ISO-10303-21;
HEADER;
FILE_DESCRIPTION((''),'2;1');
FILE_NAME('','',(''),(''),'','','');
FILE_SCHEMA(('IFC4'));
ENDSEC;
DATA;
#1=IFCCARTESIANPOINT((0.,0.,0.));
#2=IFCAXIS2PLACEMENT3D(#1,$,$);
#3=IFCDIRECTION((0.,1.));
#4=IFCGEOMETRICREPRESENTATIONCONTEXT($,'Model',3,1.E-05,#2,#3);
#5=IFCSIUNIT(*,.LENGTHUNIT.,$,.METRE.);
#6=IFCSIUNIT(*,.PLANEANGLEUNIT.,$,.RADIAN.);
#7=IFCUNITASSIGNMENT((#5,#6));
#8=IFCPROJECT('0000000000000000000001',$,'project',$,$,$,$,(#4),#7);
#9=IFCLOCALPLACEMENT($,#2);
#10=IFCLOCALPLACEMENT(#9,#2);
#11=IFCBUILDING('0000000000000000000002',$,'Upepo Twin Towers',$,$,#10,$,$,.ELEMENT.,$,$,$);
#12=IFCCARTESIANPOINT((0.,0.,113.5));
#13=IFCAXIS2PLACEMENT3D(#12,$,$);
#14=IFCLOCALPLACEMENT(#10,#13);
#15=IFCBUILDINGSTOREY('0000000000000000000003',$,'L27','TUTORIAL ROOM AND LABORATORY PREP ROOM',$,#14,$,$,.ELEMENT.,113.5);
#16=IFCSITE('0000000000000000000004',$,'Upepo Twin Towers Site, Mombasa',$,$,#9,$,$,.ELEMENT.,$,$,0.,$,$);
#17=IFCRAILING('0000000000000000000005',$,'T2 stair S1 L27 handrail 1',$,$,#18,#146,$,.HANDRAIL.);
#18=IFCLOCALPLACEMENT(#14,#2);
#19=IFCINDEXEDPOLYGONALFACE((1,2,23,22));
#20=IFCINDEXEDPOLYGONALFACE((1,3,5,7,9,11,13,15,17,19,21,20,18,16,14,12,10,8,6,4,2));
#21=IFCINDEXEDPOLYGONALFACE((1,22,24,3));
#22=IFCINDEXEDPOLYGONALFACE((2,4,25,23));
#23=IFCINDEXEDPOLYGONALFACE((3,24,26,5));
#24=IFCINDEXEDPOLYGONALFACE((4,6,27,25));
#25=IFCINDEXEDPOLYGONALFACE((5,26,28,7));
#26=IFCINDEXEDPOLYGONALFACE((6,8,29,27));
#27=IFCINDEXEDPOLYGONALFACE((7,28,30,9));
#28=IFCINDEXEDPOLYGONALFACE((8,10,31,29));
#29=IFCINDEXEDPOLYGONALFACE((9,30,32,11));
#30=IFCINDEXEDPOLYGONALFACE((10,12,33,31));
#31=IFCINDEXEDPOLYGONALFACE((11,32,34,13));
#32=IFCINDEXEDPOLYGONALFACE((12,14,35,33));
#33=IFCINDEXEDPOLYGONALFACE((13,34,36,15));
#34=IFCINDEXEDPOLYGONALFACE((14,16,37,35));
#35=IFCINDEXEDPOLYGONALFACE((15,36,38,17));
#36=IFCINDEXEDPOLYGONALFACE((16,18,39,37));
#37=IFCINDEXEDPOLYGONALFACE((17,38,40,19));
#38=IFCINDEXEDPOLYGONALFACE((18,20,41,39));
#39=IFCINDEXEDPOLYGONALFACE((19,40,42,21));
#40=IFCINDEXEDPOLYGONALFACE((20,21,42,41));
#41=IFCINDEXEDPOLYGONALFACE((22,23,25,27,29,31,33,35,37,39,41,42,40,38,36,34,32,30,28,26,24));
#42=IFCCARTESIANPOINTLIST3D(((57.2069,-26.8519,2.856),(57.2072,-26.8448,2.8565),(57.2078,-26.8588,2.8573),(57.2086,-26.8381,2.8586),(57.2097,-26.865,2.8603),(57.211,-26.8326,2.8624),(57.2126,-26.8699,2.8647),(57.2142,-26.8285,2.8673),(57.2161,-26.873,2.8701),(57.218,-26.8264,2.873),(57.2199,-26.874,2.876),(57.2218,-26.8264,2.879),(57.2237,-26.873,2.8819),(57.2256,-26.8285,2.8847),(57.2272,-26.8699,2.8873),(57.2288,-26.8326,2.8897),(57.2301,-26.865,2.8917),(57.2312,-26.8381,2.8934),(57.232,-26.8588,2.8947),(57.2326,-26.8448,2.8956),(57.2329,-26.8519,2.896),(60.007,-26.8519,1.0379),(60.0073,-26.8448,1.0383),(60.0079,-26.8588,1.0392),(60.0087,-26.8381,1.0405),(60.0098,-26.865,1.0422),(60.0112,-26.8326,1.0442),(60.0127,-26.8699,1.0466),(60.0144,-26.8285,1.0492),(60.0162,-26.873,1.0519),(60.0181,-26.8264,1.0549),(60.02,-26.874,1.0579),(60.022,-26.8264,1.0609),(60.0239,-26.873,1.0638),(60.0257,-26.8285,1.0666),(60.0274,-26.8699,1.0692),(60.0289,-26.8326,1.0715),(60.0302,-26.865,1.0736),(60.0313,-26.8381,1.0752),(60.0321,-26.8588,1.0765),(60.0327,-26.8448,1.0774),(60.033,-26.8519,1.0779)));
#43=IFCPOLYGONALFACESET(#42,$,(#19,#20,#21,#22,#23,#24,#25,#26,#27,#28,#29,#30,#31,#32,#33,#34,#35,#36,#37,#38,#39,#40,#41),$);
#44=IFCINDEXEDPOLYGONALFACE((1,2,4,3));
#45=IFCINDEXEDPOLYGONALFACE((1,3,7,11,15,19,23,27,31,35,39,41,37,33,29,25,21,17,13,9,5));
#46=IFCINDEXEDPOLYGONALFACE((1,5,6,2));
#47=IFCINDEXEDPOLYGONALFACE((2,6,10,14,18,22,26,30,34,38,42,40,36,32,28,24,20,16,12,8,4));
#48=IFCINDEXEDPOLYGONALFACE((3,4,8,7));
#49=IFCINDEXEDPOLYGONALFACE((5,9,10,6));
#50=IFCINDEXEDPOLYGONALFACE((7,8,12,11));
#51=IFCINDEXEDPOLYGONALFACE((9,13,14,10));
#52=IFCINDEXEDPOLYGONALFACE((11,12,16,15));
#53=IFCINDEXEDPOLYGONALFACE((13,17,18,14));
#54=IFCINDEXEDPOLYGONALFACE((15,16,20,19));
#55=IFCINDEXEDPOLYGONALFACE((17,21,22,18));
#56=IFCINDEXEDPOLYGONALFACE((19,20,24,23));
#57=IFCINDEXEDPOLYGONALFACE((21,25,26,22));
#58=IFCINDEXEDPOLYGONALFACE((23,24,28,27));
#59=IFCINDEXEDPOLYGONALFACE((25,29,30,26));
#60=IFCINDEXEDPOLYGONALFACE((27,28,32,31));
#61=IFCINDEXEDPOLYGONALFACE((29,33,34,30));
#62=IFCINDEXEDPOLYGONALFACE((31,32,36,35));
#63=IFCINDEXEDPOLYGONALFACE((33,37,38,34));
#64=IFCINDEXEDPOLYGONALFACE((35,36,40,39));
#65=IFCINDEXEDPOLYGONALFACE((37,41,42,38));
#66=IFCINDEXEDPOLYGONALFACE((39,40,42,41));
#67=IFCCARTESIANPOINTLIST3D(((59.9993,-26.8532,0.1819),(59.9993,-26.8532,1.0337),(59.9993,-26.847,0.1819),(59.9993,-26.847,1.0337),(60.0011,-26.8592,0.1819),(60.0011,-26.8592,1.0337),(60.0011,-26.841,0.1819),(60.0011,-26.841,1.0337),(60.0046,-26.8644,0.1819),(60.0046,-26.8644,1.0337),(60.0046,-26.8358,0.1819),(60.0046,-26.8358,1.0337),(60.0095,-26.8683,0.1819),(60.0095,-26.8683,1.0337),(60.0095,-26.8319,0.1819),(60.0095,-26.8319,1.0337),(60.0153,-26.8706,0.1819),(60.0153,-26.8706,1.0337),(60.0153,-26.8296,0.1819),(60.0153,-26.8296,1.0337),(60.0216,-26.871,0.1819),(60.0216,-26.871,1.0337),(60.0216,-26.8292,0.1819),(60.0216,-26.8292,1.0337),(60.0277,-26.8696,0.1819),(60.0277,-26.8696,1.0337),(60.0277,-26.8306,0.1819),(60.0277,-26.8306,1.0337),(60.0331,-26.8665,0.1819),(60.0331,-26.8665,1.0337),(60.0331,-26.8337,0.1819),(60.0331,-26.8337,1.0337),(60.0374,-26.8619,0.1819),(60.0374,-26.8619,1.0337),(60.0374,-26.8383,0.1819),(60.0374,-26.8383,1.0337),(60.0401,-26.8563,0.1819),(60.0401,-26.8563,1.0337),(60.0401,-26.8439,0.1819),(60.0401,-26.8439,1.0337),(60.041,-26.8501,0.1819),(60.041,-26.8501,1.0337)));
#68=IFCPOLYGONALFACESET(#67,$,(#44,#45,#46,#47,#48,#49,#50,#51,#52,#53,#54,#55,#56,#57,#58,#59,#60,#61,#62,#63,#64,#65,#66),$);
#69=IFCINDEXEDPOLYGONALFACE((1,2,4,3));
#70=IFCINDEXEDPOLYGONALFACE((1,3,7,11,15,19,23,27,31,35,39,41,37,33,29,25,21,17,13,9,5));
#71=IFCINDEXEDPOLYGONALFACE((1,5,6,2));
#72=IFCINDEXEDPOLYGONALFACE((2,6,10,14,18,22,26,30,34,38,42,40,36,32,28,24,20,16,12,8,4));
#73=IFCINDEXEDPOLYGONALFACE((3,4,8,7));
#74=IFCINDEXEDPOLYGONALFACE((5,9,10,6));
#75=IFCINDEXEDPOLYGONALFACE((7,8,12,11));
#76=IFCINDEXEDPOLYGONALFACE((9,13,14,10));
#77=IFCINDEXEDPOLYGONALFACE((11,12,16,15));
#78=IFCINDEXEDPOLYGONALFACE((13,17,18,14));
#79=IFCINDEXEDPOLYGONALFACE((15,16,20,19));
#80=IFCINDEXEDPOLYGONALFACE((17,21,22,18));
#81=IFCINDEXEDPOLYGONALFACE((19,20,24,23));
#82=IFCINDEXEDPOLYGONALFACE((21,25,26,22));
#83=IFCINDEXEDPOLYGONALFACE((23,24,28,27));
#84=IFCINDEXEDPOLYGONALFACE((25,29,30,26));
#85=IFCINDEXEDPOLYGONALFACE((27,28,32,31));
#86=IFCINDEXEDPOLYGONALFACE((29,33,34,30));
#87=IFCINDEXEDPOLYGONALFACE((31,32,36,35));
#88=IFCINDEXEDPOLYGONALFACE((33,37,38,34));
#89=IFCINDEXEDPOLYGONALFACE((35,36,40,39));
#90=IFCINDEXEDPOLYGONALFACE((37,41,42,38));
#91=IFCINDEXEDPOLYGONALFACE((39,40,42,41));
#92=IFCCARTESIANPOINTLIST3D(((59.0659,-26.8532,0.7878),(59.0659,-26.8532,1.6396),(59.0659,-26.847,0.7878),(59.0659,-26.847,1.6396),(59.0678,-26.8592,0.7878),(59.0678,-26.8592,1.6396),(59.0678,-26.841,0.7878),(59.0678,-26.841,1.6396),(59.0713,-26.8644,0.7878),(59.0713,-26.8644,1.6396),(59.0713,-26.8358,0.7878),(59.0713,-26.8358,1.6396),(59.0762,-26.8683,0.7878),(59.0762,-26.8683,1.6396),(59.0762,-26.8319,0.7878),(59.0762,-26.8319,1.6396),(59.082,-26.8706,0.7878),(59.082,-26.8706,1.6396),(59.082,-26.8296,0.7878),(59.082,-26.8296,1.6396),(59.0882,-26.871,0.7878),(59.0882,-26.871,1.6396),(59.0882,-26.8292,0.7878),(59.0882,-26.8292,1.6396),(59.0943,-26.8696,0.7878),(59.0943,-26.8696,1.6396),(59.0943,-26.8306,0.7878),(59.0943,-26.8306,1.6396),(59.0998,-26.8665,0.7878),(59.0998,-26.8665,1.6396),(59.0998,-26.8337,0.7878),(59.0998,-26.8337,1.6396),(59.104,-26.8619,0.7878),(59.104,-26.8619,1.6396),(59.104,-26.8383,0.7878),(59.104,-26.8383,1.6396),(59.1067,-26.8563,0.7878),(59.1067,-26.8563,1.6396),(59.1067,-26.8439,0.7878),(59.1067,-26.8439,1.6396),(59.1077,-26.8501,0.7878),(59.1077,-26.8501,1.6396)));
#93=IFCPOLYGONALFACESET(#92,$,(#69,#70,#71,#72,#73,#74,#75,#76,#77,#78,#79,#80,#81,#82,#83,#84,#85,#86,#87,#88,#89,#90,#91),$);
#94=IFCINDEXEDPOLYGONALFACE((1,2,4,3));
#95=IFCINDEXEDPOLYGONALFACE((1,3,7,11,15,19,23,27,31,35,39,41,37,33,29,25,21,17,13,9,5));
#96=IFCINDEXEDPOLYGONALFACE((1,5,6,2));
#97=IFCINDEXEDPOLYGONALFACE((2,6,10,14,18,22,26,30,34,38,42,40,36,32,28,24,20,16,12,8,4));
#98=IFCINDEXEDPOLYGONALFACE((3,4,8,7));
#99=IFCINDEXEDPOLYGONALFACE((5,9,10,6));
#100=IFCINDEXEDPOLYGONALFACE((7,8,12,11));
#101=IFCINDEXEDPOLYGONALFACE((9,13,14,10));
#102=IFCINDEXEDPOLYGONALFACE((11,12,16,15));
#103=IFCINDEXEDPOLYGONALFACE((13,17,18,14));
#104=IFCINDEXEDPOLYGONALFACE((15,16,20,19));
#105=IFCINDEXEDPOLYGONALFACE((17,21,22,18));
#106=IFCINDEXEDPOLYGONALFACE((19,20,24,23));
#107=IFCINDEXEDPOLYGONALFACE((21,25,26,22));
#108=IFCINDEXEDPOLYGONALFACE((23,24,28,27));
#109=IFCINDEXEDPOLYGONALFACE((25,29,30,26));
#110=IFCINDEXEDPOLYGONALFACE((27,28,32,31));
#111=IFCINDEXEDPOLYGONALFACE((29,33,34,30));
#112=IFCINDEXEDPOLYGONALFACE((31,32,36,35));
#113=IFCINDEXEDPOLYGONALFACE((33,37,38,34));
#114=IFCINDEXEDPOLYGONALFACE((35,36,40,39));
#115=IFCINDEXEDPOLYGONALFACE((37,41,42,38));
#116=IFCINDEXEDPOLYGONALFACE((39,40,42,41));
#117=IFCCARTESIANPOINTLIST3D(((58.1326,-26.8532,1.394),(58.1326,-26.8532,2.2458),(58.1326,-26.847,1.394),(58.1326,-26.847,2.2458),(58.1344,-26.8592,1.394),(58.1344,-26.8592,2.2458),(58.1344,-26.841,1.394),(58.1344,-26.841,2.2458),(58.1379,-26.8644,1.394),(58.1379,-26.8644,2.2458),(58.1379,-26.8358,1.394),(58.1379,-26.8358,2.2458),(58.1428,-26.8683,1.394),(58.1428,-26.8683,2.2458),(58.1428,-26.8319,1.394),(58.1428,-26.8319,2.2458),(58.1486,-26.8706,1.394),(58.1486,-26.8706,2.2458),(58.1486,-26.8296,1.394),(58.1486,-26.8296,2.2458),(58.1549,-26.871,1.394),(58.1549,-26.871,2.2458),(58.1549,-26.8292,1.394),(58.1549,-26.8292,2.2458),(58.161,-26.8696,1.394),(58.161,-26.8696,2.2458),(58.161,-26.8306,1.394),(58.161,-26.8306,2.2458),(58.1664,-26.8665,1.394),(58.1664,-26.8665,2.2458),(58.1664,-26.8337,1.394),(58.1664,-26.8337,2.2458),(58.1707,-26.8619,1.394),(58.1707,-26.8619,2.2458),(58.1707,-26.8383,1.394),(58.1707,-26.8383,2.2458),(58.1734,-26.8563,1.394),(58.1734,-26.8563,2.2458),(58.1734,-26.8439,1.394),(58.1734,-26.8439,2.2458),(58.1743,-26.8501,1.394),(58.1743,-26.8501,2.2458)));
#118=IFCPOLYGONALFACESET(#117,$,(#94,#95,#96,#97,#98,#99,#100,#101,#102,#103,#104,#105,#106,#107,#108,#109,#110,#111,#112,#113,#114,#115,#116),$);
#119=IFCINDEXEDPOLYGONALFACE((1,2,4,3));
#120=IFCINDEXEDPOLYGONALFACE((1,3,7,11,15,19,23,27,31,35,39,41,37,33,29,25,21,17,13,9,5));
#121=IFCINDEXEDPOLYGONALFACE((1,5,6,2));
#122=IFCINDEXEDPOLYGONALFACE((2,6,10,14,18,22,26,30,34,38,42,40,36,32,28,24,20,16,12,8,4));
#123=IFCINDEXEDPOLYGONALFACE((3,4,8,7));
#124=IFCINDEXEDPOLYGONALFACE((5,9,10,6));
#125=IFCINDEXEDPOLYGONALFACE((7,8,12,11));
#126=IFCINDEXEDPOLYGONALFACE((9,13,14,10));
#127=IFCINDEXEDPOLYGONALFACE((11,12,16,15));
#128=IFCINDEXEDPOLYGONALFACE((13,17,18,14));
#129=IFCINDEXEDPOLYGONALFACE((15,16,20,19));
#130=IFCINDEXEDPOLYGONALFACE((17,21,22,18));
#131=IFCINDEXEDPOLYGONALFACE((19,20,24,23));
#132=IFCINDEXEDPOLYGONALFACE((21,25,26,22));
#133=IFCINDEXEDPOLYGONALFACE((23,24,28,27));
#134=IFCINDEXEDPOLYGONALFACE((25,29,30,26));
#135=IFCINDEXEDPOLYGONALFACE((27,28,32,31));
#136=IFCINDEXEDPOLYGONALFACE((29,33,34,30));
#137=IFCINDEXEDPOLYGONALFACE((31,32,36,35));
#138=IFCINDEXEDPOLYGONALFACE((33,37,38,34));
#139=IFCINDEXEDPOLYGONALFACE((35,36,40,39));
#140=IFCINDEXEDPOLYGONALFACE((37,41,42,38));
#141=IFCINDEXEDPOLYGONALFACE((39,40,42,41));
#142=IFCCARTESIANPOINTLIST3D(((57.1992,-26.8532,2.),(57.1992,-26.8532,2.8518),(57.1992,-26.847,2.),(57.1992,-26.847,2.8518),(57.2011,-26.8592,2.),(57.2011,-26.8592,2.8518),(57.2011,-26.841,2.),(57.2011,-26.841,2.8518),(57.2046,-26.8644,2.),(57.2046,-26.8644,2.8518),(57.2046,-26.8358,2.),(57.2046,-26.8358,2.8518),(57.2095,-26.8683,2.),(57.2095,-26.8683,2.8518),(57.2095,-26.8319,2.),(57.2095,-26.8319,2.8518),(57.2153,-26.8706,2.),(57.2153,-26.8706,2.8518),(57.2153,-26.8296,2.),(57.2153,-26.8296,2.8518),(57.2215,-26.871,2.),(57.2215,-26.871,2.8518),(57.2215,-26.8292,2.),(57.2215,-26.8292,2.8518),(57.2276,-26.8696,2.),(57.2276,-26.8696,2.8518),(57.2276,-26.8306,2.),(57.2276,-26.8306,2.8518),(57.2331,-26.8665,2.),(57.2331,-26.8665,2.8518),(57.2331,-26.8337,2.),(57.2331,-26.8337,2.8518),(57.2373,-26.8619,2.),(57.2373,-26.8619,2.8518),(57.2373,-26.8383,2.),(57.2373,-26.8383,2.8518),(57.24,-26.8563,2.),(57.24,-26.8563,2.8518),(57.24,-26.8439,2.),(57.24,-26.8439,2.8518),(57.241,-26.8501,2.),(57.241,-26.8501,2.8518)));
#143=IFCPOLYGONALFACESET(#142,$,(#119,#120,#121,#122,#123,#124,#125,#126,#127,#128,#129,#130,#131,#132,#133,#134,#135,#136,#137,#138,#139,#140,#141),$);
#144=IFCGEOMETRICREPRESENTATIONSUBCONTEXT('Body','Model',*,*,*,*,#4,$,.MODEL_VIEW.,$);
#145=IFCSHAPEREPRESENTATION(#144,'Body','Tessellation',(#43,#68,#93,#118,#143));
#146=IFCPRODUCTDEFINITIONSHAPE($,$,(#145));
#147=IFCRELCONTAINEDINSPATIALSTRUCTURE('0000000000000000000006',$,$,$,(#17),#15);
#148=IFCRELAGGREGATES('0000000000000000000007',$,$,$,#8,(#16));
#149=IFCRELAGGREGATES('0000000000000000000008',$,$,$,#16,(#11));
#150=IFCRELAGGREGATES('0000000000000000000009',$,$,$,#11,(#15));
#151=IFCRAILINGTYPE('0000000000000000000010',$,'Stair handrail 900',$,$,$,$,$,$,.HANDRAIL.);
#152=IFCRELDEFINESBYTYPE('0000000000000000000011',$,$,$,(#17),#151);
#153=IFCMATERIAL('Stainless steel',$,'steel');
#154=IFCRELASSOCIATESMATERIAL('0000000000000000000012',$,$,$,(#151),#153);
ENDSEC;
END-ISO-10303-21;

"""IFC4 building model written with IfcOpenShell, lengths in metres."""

from ifc_helpers import new_model, si_unit, direction, frame, origin, origin_2d, place, context, subcontext, project, spatial, circle, extrude, material, type_object, element, save


model = new_model("IFC4")

# Units and contexts
model_context = context("Model", 3, precision=1e-05, world=origin(), true_north=direction((0.0, 1.0)))
body_context = subcontext(model_context, "Body", "Model", "MODEL_VIEW")
ifc_project = project(units=[si_unit("LENGTHUNIT", "METRE"), si_unit("PLANEANGLEUNIT", "RADIAN")], contexts=[model_context])

# Site, building, storey
site_placement = place(None, origin())
site = spatial("IfcSite", under=ifc_project, at=site_placement, Name="Upepo Twin Towers Site, Mombasa", CompositionType="ELEMENT", RefElevation=0.0)
building_placement = place(site_placement, origin())
building = spatial("IfcBuilding", under=site, at=building_placement, Name="Upepo Twin Towers", CompositionType="ELEMENT")
storey_placement = place(building_placement, frame((0.0, 0.0, 113.5)))
storey = spatial("IfcBuildingStorey", under=building, at=storey_placement, Name="L27", Description="TUTORIAL ROOM AND LABORATORY PREP ROOM", CompositionType="ELEMENT", Elevation=113.5)

# Railing
ifc_material_1 = material(Name="Stainless steel", Category="steel")
railing_type = type_object("IfcRailingType", Name="Stair handrail 900", PredefinedType="HANDRAIL", material=ifc_material_1)
railing_1_placement = place(storey_placement, frame((60.02, -26.8501, 0.1819)))
element("IfcRailing", 1, at=railing_1_placement, inside=storey, type_object=railing_type, Name="T2 stair S1 L27 handrail 1", PredefinedType="HANDRAIL", context=body_context, shape_type="SweptSolid", body=[
    extrude(circle(Radius=0.0239, at=origin_2d()), frame((0.0, 0.0, 0.876), z_axis=(-0.838706, 0.0, 0.544585), x_axis=(0.0, -1.0, 0.0)), (0.0, 0.0, 1.0), 3.3386),
    extrude(circle(Radius=0.021, at=origin_2d()), origin(), (0.0, 0.0, 1.0), 0.8518),
    extrude(circle(Radius=0.021, at=origin_2d()), frame((-0.9333, 0.0, 0.606)), (0.0, 0.0, 1.0), 0.8518),
    extrude(circle(Radius=0.021, at=origin_2d()), frame((-1.8667, 0.0, 1.2122)), (0.0, 0.0, 1.0), 0.8518),
    extrude(circle(Radius=0.021, at=origin_2d()), frame((-2.8, 0.0, 1.8181)), (0.0, 0.0, 1.0), 0.8518),
])

save(model, "model.ifc")
